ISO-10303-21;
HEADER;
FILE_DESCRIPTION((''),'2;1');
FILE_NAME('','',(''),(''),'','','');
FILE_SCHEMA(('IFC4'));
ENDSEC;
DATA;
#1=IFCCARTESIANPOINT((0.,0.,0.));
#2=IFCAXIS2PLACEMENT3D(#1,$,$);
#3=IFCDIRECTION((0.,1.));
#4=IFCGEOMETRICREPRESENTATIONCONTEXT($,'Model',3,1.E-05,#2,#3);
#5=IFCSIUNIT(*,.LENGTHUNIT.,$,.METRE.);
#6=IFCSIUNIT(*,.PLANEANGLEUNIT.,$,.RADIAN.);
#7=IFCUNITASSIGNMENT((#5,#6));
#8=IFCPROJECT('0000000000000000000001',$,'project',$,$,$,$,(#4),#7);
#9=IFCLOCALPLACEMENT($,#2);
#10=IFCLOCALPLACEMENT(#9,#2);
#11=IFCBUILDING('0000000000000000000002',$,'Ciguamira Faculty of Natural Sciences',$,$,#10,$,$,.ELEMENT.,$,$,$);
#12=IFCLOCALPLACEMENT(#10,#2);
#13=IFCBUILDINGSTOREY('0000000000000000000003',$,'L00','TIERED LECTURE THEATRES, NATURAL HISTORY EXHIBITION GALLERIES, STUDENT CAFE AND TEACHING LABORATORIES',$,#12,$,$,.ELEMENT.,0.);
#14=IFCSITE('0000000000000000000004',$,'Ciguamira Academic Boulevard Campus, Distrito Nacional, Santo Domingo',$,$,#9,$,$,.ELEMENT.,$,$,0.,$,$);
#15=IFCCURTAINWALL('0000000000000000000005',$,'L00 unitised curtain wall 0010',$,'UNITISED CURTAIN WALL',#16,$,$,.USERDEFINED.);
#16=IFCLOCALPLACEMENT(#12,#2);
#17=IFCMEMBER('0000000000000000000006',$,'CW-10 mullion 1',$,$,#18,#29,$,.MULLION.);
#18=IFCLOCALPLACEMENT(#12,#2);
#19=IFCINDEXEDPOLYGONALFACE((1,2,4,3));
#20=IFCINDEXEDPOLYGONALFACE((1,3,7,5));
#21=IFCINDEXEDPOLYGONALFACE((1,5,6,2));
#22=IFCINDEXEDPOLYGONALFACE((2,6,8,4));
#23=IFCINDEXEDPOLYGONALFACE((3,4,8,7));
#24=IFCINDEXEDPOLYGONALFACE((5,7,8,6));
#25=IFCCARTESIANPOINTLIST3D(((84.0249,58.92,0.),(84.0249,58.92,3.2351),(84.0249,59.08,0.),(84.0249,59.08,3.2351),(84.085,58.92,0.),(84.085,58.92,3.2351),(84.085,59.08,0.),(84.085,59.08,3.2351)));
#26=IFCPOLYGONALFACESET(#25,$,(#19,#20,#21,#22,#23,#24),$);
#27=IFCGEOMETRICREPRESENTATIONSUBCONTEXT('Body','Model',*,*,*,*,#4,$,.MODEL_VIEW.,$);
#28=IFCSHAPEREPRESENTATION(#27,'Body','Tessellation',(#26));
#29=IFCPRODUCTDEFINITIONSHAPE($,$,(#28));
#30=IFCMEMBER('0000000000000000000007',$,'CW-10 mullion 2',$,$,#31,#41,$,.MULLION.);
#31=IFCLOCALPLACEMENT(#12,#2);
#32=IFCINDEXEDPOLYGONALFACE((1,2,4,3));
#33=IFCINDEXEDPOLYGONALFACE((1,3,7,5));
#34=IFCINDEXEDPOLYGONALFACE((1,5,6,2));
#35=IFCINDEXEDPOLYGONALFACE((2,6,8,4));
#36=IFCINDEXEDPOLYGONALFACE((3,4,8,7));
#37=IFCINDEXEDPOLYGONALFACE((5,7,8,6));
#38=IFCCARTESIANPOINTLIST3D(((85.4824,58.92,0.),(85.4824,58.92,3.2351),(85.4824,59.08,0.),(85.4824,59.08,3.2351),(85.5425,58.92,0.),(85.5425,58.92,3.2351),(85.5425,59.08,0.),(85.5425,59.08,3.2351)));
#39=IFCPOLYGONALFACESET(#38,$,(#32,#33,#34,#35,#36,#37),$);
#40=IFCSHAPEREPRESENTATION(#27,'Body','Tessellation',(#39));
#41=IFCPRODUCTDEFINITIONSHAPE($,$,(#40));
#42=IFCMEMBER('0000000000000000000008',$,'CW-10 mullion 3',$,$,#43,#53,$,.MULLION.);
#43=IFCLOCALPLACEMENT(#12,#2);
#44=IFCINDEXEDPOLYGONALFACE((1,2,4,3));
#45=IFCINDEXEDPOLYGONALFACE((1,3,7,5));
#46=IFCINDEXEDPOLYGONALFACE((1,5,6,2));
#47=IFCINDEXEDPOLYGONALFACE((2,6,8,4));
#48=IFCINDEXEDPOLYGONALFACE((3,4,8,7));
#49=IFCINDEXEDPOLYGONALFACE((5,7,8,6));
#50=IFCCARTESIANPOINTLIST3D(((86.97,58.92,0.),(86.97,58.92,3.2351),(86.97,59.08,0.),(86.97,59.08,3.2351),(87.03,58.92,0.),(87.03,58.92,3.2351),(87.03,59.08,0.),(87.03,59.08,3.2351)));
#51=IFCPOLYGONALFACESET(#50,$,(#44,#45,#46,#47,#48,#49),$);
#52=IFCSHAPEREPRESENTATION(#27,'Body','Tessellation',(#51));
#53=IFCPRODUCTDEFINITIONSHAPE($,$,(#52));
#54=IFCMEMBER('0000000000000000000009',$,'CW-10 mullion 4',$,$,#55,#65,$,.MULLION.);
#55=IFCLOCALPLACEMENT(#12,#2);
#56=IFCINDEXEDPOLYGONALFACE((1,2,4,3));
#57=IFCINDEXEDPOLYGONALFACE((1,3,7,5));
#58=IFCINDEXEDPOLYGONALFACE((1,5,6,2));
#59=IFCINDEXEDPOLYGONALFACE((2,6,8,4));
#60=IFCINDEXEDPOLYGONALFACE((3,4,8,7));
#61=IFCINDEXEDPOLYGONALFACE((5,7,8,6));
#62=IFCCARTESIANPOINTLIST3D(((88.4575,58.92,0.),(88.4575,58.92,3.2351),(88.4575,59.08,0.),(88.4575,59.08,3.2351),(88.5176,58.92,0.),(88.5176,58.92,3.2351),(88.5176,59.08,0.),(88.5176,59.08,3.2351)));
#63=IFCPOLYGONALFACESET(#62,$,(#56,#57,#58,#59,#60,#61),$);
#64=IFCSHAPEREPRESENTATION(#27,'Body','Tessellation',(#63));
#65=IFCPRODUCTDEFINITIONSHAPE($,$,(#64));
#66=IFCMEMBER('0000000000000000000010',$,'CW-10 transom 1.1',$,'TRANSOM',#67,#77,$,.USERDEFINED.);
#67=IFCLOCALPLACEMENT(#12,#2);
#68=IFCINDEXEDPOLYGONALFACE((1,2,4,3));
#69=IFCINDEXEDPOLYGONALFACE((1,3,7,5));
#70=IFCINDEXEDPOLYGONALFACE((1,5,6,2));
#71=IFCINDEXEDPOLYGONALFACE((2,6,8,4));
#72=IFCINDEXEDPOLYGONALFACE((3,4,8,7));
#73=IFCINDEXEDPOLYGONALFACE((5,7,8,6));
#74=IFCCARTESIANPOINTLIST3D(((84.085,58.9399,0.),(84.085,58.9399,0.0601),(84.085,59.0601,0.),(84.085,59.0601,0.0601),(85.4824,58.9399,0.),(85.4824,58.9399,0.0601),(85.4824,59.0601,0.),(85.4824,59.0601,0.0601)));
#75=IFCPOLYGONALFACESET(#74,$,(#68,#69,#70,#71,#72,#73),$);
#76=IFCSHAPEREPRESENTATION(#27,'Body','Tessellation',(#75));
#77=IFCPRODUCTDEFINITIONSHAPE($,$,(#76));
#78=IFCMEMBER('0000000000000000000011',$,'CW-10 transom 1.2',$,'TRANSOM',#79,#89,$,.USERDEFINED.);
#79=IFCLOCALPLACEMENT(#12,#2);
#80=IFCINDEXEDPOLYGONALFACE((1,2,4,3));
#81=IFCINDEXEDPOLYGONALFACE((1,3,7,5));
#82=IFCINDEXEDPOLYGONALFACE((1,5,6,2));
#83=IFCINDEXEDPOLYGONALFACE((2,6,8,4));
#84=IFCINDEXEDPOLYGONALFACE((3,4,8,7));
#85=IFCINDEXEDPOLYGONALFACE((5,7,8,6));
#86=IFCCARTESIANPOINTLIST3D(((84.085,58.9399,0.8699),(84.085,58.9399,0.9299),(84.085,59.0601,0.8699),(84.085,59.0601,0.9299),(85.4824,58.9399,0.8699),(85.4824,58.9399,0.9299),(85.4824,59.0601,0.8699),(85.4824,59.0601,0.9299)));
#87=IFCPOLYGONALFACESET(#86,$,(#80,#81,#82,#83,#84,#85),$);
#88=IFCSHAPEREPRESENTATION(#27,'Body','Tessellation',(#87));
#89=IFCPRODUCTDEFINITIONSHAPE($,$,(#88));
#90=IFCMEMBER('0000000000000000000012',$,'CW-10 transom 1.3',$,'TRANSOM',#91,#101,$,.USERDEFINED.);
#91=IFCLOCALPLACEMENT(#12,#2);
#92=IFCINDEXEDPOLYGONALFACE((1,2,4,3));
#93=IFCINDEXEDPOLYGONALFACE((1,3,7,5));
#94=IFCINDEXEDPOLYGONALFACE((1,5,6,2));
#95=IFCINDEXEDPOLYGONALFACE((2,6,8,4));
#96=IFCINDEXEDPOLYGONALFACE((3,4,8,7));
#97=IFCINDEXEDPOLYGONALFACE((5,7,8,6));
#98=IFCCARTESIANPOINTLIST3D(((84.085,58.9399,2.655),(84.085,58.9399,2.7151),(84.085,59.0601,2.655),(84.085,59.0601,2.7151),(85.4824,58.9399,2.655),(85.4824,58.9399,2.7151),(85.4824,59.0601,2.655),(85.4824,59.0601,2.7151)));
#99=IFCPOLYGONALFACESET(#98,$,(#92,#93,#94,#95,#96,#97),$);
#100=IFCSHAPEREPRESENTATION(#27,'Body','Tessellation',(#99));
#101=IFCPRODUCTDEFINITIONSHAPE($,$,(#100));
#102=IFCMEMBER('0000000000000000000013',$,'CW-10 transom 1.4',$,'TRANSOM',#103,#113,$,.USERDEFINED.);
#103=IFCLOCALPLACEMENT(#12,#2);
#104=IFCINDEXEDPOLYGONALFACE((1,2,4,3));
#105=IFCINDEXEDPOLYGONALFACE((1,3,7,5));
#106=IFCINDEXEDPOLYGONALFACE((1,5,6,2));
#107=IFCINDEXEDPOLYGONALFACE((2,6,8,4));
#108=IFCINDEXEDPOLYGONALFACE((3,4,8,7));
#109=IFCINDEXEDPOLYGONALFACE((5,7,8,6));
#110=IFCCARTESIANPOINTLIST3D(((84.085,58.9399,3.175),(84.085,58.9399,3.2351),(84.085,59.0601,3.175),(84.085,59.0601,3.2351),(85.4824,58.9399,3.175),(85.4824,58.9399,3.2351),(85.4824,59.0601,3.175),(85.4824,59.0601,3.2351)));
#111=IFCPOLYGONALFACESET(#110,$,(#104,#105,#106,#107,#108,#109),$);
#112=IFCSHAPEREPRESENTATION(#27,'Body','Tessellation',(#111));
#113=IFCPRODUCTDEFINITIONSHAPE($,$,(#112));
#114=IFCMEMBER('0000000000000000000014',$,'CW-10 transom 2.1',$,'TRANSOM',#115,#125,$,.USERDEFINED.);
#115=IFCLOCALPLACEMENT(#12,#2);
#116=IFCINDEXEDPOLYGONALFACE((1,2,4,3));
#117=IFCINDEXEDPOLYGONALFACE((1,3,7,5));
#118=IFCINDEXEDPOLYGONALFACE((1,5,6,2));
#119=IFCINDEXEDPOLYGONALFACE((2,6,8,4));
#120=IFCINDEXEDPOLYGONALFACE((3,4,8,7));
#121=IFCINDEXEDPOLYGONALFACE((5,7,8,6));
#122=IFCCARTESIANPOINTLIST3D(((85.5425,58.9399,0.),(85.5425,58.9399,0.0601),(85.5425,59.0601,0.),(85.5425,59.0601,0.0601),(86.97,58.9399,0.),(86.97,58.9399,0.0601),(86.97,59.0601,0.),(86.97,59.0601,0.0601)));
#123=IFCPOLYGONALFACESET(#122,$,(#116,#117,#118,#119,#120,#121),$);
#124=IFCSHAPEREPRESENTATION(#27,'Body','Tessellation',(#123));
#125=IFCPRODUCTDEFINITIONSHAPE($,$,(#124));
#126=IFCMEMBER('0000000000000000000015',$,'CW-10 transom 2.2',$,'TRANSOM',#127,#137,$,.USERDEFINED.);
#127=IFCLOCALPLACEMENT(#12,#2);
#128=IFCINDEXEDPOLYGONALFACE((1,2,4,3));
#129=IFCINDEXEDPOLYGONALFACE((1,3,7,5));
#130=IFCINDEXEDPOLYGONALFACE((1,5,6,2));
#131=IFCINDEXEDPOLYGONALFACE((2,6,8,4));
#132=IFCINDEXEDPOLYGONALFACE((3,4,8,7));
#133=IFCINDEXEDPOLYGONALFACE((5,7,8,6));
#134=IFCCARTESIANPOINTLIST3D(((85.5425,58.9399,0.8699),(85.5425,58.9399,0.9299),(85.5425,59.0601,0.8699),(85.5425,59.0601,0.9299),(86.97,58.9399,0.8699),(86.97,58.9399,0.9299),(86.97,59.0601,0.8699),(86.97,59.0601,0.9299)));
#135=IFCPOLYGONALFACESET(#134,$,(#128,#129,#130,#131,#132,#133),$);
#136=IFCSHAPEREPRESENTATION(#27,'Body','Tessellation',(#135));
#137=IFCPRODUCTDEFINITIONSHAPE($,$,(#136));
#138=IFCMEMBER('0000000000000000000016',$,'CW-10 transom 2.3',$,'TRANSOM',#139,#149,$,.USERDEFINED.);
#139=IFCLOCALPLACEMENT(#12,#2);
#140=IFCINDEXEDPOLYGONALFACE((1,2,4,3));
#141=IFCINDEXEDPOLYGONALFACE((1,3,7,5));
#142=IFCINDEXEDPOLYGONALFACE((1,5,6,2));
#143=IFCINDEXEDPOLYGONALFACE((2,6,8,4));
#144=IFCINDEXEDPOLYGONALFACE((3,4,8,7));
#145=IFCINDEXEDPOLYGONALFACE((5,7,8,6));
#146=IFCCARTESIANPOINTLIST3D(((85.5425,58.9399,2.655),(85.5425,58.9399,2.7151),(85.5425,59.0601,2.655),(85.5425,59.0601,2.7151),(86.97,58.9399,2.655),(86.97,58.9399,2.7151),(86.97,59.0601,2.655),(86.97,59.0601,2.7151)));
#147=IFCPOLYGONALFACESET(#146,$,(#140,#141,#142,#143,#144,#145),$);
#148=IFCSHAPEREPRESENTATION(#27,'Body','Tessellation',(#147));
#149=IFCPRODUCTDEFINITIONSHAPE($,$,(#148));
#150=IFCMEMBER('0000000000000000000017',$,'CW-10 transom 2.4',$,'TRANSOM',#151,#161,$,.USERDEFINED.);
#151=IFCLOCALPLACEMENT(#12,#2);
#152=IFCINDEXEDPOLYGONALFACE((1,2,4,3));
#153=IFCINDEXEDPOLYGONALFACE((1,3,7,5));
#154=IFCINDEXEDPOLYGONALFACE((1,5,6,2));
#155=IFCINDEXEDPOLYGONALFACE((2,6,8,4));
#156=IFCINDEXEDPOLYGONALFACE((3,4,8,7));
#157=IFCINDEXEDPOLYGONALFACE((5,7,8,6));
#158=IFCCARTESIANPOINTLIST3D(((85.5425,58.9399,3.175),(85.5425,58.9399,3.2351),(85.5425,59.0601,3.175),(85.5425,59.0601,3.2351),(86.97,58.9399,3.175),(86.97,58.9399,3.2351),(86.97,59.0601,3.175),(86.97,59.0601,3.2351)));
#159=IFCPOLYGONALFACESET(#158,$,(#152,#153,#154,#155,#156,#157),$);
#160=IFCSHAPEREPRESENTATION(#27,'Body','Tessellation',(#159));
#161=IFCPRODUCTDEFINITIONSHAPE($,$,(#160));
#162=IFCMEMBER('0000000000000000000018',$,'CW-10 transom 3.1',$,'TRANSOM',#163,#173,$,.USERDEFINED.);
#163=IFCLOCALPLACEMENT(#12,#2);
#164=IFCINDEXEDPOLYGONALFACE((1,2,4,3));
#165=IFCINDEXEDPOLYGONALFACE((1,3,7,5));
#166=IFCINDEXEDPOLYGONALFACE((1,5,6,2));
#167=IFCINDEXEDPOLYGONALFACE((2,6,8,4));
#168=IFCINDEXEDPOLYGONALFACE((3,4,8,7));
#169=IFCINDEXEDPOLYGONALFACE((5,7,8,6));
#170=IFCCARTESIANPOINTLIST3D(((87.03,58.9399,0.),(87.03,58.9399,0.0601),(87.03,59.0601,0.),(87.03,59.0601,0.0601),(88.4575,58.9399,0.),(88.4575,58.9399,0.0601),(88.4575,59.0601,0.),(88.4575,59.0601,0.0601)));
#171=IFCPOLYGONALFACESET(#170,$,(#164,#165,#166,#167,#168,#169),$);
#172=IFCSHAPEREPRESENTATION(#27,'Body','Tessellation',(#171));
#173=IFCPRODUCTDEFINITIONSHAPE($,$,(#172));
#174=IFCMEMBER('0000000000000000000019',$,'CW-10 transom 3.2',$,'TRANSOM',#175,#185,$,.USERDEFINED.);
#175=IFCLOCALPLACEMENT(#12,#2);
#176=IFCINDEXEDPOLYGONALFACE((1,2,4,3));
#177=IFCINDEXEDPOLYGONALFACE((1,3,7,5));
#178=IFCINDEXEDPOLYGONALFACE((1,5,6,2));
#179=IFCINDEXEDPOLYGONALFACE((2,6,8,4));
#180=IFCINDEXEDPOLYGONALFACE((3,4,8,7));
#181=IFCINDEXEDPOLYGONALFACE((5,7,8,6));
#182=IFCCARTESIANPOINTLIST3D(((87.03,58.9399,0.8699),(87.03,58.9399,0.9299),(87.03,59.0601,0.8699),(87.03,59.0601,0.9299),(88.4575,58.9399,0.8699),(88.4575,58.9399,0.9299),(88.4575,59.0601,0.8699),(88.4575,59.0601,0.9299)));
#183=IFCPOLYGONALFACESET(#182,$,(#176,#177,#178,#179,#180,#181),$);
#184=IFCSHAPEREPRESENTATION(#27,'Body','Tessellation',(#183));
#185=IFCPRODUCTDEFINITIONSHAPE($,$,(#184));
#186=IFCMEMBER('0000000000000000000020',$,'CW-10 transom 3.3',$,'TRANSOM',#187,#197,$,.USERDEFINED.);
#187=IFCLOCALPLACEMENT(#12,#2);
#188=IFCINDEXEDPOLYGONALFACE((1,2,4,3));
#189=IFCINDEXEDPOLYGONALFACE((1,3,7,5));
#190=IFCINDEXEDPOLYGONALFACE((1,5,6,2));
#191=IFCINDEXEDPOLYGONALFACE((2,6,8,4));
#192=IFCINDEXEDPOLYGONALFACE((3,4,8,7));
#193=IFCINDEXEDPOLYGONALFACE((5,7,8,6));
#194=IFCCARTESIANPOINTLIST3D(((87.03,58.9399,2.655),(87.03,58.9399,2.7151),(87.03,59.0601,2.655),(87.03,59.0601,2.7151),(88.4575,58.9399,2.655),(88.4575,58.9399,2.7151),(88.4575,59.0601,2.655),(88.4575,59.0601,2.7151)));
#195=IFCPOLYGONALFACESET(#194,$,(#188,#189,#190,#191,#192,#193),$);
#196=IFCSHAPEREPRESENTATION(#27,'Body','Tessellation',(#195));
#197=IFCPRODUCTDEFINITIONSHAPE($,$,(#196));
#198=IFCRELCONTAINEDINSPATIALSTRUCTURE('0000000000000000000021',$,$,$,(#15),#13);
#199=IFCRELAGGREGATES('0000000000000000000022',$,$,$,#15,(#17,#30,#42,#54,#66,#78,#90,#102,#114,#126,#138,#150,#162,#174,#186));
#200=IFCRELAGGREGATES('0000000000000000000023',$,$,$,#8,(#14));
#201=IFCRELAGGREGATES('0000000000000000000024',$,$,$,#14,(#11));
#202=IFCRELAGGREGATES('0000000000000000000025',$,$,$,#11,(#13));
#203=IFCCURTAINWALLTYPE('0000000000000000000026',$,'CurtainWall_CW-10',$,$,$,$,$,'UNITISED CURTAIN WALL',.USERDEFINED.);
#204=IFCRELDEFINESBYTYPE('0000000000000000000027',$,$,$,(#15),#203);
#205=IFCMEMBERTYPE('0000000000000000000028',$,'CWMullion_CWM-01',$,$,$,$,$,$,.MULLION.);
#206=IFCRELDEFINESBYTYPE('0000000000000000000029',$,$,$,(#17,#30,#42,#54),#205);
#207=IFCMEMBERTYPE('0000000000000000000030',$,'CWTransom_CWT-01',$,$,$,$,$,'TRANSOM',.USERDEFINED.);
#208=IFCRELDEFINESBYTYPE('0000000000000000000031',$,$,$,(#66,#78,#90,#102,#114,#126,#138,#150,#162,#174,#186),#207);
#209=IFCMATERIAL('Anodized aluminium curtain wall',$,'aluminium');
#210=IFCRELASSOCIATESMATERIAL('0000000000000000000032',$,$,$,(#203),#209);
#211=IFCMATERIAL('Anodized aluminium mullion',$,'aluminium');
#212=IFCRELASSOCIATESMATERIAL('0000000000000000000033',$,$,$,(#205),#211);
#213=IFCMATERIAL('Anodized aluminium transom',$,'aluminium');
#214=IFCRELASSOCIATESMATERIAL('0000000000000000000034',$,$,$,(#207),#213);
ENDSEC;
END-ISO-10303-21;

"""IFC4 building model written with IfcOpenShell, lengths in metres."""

from ifc_helpers import new_model, si_unit, direction, frame, origin, origin_2d, place, context, subcontext, project, spatial, rectangle, extrude, material, material_profile, profile_set, type_object, element, aggregate, save


model = new_model("IFC4")

# Units and contexts
model_context = context("Model", 3, precision=1e-05, world=origin(), true_north=direction((0.0, 1.0)))
body_context = subcontext(model_context, "Body", "Model", "MODEL_VIEW")
ifc_project = project(units=[si_unit("LENGTHUNIT", "METRE"), si_unit("PLANEANGLEUNIT", "RADIAN")], contexts=[model_context])

# Site, building, storey
site_placement = place(None, origin())
site = spatial("IfcSite", under=ifc_project, at=site_placement, Name="Ciguamira Academic Boulevard Campus, Distrito Nacional, Santo Domingo", CompositionType="ELEMENT", RefElevation=0.0)
building_placement = place(site_placement, origin())
building = spatial("IfcBuilding", under=site, at=building_placement, Name="Ciguamira Faculty of Natural Sciences", CompositionType="ELEMENT")
storey_placement = place(building_placement, origin())
storey = spatial("IfcBuildingStorey", under=building, at=storey_placement, Name="L00", Description="TIERED LECTURE THEATRES, NATURAL HISTORY EXHIBITION GALLERIES, STUDENT CAFE AND TEACHING LABORATORIES", CompositionType="ELEMENT", Elevation=0.0)

# Curtain wall, members
ifc_material_1 = material(Name="Anodized aluminium curtain wall", Category="aluminium")
curtain_wall_type = type_object("IfcCurtainWallType", Name="CurtainWall_CW-10", ElementType="UNITISED CURTAIN WALL", PredefinedType="USERDEFINED", material=ifc_material_1)
curtain_wall_placement = place(storey_placement, origin())
curtain_wall = element("IfcCurtainWall", 1, at=curtain_wall_placement, inside=storey, type_object=curtain_wall_type, Name="L00 unitised curtain wall 0010", ObjectType="UNITISED CURTAIN WALL", PredefinedType="USERDEFINED")
ifc_material_2 = material(Name="Anodized aluminium mullion", Category="aluminium")
ifc_material_profile_1 = material_profile(ifc_material_2, rectangle(XDim=0.0601, YDim=0.1599, at=origin_2d()), Name="ALU-MUL-60X160")
ifc_profile_set_1 = profile_set([ifc_material_profile_1], Name="Anodized aluminium mullion")
member_type_1 = type_object("IfcMemberType", Name="CWMullion_CWM-01", PredefinedType="MULLION", material=ifc_profile_set_1)
member_1_placement = place(storey_placement, frame((84.0549, 59.0, 0.0), z_axis=(0.0, 0.0, 1.0), x_axis=(1.0, 0.0, 0.0)))
member_1 = element("IfcMember", 2, at=member_1_placement, type_object=member_type_1, Name="CW-10 mullion 1", PredefinedType="MULLION", context=body_context, shape_type="SweptSolid", body=[
    extrude(rectangle(XDim=0.0601, YDim=0.1599, at=origin_2d()), origin(), (0.0, 0.0, 1.0), 3.2351),
])
member_2_placement = place(storey_placement, frame((85.5125, 59.0, 0.0), z_axis=(0.0, 0.0, 1.0), x_axis=(1.0, 0.0, 0.0)))
member_2 = element("IfcMember", 3, at=member_2_placement, type_object=member_type_1, Name="CW-10 mullion 2", PredefinedType="MULLION", context=body_context, shape_type="SweptSolid", body=[
    extrude(rectangle(XDim=0.0601, YDim=0.1599, at=origin_2d()), origin(), (0.0, 0.0, 1.0), 3.2351),
])
member_3_placement = place(storey_placement, frame((87.0, 59.0, 0.0), z_axis=(0.0, 0.0, 1.0), x_axis=(1.0, 0.0, 0.0)))
member_3 = element("IfcMember", 4, at=member_3_placement, type_object=member_type_1, Name="CW-10 mullion 3", PredefinedType="MULLION", context=body_context, shape_type="SweptSolid", body=[
    extrude(rectangle(XDim=0.0601, YDim=0.1599, at=origin_2d()), origin(), (0.0, 0.0, 1.0), 3.2351),
])
member_4_placement = place(storey_placement, frame((88.4875, 59.0, 0.0), z_axis=(0.0, 0.0, 1.0), x_axis=(1.0, 0.0, 0.0)))
member_4 = element("IfcMember", 5, at=member_4_placement, type_object=member_type_1, Name="CW-10 mullion 4", PredefinedType="MULLION", context=body_context, shape_type="SweptSolid", body=[
    extrude(rectangle(XDim=0.0601, YDim=0.1599, at=origin_2d()), origin(), (0.0, 0.0, 1.0), 3.2351),
])
ifc_material_3 = material(Name="Anodized aluminium transom", Category="aluminium")
ifc_material_profile_2 = material_profile(ifc_material_3, rectangle(XDim=0.0601, YDim=0.1201, at=origin_2d()), Name="ALU-TRN-60X120")
ifc_profile_set_2 = profile_set([ifc_material_profile_2], Name="Anodized aluminium transom")
member_type_2 = type_object("IfcMemberType", Name="CWTransom_CWT-01", ElementType="TRANSOM", PredefinedType="USERDEFINED", material=ifc_profile_set_2)
member_5_placement = place(storey_placement, frame((84.085, 59.0, 0.03), z_axis=(1.0, 0.0, 0.0), x_axis=(0.0, 0.0, 1.0)))
member_5 = element("IfcMember", 6, at=member_5_placement, type_object=member_type_2, Name="CW-10 transom 1.1", ObjectType="TRANSOM", PredefinedType="USERDEFINED", context=body_context, shape_type="SweptSolid", body=[
    extrude(rectangle(XDim=0.0601, YDim=0.1201, at=origin_2d()), origin(), (0.0, 0.0, 1.0), 1.3975),
])
member_6_placement = place(storey_placement, frame((84.085, 59.0, 0.8999), z_axis=(1.0, 0.0, 0.0), x_axis=(0.0, 0.0, 1.0)))
member_6 = element("IfcMember", 7, at=member_6_placement, type_object=member_type_2, Name="CW-10 transom 1.2", ObjectType="TRANSOM", PredefinedType="USERDEFINED", context=body_context, shape_type="SweptSolid", body=[
    extrude(rectangle(XDim=0.0601, YDim=0.1201, at=origin_2d()), origin(), (0.0, 0.0, 1.0), 1.3975),
])
member_7_placement = place(storey_placement, frame((84.085, 59.0, 2.6851), z_axis=(1.0, 0.0, 0.0), x_axis=(0.0, 0.0, 1.0)))
member_7 = element("IfcMember", 8, at=member_7_placement, type_object=member_type_2, Name="CW-10 transom 1.3", ObjectType="TRANSOM", PredefinedType="USERDEFINED", context=body_context, shape_type="SweptSolid", body=[
    extrude(rectangle(XDim=0.0601, YDim=0.1201, at=origin_2d()), origin(), (0.0, 0.0, 1.0), 1.3975),
])
member_8_placement = place(storey_placement, frame((84.085, 59.0, 3.2051), z_axis=(1.0, 0.0, 0.0), x_axis=(0.0, 0.0, 1.0)))
member_8 = element("IfcMember", 9, at=member_8_placement, type_object=member_type_2, Name="CW-10 transom 1.4", ObjectType="TRANSOM", PredefinedType="USERDEFINED", context=body_context, shape_type="SweptSolid", body=[
    extrude(rectangle(XDim=0.0601, YDim=0.1201, at=origin_2d()), origin(), (0.0, 0.0, 1.0), 1.3975),
])
member_9_placement = place(storey_placement, frame((85.5425, 59.0, 0.03), z_axis=(1.0, 0.0, 0.0), x_axis=(0.0, 0.0, 1.0)))
member_9 = element("IfcMember", 10, at=member_9_placement, type_object=member_type_2, Name="CW-10 transom 2.1", ObjectType="TRANSOM", PredefinedType="USERDEFINED", context=body_context, shape_type="SweptSolid", body=[
    extrude(rectangle(XDim=0.0601, YDim=0.1201, at=origin_2d()), origin(), (0.0, 0.0, 1.0), 1.4275),
])
member_10_placement = place(storey_placement, frame((85.5425, 59.0, 0.8999), z_axis=(1.0, 0.0, 0.0), x_axis=(0.0, 0.0, 1.0)))
member_10 = element("IfcMember", 11, at=member_10_placement, type_object=member_type_2, Name="CW-10 transom 2.2", ObjectType="TRANSOM", PredefinedType="USERDEFINED", context=body_context, shape_type="SweptSolid", body=[
    extrude(rectangle(XDim=0.0601, YDim=0.1201, at=origin_2d()), origin(), (0.0, 0.0, 1.0), 1.4275),
])
member_11_placement = place(storey_placement, frame((85.5425, 59.0, 2.6851), z_axis=(1.0, 0.0, 0.0), x_axis=(0.0, 0.0, 1.0)))
member_11 = element("IfcMember", 12, at=member_11_placement, type_object=member_type_2, Name="CW-10 transom 2.3", ObjectType="TRANSOM", PredefinedType="USERDEFINED", context=body_context, shape_type="SweptSolid", body=[
    extrude(rectangle(XDim=0.0601, YDim=0.1201, at=origin_2d()), origin(), (0.0, 0.0, 1.0), 1.4275),
])
member_12_placement = place(storey_placement, frame((85.5425, 59.0, 3.2051), z_axis=(1.0, 0.0, 0.0), x_axis=(0.0, 0.0, 1.0)))
member_12 = element("IfcMember", 13, at=member_12_placement, type_object=member_type_2, Name="CW-10 transom 2.4", ObjectType="TRANSOM", PredefinedType="USERDEFINED", context=body_context, shape_type="SweptSolid", body=[
    extrude(rectangle(XDim=0.0601, YDim=0.1201, at=origin_2d()), origin(), (0.0, 0.0, 1.0), 1.4275),
])
member_13_placement = place(storey_placement, frame((87.03, 59.0, 0.03), z_axis=(1.0, 0.0, 0.0), x_axis=(0.0, 0.0, 1.0)))
member_13 = element("IfcMember", 14, at=member_13_placement, type_object=member_type_2, Name="CW-10 transom 3.1", ObjectType="TRANSOM", PredefinedType="USERDEFINED", context=body_context, shape_type="SweptSolid", body=[
    extrude(rectangle(XDim=0.0601, YDim=0.1201, at=origin_2d()), origin(), (0.0, 0.0, 1.0), 1.4275),
])
member_14_placement = place(storey_placement, frame((87.03, 59.0, 0.8999), z_axis=(1.0, 0.0, 0.0), x_axis=(0.0, 0.0, 1.0)))
member_14 = element("IfcMember", 15, at=member_14_placement, type_object=member_type_2, Name="CW-10 transom 3.2", ObjectType="TRANSOM", PredefinedType="USERDEFINED", context=body_context, shape_type="SweptSolid", body=[
    extrude(rectangle(XDim=0.0601, YDim=0.1201, at=origin_2d()), origin(), (0.0, 0.0, 1.0), 1.4275),
])
member_15_placement = place(storey_placement, frame((87.03, 59.0, 2.6851), z_axis=(1.0, 0.0, 0.0), x_axis=(0.0, 0.0, 1.0)))
member_15 = element("IfcMember", 16, at=member_15_placement, type_object=member_type_2, Name="CW-10 transom 3.3", ObjectType="TRANSOM", PredefinedType="USERDEFINED", context=body_context, shape_type="SweptSolid", body=[
    extrude(rectangle(XDim=0.0601, YDim=0.1201, at=origin_2d()), origin(), (0.0, 0.0, 1.0), 1.4275),
])

aggregate(curtain_wall, [member_1, member_2, member_3, member_4, member_5, member_6, member_7, member_8, member_9, member_10, member_11, member_12, member_13, member_14, member_15])

save(model, "model.ifc")
